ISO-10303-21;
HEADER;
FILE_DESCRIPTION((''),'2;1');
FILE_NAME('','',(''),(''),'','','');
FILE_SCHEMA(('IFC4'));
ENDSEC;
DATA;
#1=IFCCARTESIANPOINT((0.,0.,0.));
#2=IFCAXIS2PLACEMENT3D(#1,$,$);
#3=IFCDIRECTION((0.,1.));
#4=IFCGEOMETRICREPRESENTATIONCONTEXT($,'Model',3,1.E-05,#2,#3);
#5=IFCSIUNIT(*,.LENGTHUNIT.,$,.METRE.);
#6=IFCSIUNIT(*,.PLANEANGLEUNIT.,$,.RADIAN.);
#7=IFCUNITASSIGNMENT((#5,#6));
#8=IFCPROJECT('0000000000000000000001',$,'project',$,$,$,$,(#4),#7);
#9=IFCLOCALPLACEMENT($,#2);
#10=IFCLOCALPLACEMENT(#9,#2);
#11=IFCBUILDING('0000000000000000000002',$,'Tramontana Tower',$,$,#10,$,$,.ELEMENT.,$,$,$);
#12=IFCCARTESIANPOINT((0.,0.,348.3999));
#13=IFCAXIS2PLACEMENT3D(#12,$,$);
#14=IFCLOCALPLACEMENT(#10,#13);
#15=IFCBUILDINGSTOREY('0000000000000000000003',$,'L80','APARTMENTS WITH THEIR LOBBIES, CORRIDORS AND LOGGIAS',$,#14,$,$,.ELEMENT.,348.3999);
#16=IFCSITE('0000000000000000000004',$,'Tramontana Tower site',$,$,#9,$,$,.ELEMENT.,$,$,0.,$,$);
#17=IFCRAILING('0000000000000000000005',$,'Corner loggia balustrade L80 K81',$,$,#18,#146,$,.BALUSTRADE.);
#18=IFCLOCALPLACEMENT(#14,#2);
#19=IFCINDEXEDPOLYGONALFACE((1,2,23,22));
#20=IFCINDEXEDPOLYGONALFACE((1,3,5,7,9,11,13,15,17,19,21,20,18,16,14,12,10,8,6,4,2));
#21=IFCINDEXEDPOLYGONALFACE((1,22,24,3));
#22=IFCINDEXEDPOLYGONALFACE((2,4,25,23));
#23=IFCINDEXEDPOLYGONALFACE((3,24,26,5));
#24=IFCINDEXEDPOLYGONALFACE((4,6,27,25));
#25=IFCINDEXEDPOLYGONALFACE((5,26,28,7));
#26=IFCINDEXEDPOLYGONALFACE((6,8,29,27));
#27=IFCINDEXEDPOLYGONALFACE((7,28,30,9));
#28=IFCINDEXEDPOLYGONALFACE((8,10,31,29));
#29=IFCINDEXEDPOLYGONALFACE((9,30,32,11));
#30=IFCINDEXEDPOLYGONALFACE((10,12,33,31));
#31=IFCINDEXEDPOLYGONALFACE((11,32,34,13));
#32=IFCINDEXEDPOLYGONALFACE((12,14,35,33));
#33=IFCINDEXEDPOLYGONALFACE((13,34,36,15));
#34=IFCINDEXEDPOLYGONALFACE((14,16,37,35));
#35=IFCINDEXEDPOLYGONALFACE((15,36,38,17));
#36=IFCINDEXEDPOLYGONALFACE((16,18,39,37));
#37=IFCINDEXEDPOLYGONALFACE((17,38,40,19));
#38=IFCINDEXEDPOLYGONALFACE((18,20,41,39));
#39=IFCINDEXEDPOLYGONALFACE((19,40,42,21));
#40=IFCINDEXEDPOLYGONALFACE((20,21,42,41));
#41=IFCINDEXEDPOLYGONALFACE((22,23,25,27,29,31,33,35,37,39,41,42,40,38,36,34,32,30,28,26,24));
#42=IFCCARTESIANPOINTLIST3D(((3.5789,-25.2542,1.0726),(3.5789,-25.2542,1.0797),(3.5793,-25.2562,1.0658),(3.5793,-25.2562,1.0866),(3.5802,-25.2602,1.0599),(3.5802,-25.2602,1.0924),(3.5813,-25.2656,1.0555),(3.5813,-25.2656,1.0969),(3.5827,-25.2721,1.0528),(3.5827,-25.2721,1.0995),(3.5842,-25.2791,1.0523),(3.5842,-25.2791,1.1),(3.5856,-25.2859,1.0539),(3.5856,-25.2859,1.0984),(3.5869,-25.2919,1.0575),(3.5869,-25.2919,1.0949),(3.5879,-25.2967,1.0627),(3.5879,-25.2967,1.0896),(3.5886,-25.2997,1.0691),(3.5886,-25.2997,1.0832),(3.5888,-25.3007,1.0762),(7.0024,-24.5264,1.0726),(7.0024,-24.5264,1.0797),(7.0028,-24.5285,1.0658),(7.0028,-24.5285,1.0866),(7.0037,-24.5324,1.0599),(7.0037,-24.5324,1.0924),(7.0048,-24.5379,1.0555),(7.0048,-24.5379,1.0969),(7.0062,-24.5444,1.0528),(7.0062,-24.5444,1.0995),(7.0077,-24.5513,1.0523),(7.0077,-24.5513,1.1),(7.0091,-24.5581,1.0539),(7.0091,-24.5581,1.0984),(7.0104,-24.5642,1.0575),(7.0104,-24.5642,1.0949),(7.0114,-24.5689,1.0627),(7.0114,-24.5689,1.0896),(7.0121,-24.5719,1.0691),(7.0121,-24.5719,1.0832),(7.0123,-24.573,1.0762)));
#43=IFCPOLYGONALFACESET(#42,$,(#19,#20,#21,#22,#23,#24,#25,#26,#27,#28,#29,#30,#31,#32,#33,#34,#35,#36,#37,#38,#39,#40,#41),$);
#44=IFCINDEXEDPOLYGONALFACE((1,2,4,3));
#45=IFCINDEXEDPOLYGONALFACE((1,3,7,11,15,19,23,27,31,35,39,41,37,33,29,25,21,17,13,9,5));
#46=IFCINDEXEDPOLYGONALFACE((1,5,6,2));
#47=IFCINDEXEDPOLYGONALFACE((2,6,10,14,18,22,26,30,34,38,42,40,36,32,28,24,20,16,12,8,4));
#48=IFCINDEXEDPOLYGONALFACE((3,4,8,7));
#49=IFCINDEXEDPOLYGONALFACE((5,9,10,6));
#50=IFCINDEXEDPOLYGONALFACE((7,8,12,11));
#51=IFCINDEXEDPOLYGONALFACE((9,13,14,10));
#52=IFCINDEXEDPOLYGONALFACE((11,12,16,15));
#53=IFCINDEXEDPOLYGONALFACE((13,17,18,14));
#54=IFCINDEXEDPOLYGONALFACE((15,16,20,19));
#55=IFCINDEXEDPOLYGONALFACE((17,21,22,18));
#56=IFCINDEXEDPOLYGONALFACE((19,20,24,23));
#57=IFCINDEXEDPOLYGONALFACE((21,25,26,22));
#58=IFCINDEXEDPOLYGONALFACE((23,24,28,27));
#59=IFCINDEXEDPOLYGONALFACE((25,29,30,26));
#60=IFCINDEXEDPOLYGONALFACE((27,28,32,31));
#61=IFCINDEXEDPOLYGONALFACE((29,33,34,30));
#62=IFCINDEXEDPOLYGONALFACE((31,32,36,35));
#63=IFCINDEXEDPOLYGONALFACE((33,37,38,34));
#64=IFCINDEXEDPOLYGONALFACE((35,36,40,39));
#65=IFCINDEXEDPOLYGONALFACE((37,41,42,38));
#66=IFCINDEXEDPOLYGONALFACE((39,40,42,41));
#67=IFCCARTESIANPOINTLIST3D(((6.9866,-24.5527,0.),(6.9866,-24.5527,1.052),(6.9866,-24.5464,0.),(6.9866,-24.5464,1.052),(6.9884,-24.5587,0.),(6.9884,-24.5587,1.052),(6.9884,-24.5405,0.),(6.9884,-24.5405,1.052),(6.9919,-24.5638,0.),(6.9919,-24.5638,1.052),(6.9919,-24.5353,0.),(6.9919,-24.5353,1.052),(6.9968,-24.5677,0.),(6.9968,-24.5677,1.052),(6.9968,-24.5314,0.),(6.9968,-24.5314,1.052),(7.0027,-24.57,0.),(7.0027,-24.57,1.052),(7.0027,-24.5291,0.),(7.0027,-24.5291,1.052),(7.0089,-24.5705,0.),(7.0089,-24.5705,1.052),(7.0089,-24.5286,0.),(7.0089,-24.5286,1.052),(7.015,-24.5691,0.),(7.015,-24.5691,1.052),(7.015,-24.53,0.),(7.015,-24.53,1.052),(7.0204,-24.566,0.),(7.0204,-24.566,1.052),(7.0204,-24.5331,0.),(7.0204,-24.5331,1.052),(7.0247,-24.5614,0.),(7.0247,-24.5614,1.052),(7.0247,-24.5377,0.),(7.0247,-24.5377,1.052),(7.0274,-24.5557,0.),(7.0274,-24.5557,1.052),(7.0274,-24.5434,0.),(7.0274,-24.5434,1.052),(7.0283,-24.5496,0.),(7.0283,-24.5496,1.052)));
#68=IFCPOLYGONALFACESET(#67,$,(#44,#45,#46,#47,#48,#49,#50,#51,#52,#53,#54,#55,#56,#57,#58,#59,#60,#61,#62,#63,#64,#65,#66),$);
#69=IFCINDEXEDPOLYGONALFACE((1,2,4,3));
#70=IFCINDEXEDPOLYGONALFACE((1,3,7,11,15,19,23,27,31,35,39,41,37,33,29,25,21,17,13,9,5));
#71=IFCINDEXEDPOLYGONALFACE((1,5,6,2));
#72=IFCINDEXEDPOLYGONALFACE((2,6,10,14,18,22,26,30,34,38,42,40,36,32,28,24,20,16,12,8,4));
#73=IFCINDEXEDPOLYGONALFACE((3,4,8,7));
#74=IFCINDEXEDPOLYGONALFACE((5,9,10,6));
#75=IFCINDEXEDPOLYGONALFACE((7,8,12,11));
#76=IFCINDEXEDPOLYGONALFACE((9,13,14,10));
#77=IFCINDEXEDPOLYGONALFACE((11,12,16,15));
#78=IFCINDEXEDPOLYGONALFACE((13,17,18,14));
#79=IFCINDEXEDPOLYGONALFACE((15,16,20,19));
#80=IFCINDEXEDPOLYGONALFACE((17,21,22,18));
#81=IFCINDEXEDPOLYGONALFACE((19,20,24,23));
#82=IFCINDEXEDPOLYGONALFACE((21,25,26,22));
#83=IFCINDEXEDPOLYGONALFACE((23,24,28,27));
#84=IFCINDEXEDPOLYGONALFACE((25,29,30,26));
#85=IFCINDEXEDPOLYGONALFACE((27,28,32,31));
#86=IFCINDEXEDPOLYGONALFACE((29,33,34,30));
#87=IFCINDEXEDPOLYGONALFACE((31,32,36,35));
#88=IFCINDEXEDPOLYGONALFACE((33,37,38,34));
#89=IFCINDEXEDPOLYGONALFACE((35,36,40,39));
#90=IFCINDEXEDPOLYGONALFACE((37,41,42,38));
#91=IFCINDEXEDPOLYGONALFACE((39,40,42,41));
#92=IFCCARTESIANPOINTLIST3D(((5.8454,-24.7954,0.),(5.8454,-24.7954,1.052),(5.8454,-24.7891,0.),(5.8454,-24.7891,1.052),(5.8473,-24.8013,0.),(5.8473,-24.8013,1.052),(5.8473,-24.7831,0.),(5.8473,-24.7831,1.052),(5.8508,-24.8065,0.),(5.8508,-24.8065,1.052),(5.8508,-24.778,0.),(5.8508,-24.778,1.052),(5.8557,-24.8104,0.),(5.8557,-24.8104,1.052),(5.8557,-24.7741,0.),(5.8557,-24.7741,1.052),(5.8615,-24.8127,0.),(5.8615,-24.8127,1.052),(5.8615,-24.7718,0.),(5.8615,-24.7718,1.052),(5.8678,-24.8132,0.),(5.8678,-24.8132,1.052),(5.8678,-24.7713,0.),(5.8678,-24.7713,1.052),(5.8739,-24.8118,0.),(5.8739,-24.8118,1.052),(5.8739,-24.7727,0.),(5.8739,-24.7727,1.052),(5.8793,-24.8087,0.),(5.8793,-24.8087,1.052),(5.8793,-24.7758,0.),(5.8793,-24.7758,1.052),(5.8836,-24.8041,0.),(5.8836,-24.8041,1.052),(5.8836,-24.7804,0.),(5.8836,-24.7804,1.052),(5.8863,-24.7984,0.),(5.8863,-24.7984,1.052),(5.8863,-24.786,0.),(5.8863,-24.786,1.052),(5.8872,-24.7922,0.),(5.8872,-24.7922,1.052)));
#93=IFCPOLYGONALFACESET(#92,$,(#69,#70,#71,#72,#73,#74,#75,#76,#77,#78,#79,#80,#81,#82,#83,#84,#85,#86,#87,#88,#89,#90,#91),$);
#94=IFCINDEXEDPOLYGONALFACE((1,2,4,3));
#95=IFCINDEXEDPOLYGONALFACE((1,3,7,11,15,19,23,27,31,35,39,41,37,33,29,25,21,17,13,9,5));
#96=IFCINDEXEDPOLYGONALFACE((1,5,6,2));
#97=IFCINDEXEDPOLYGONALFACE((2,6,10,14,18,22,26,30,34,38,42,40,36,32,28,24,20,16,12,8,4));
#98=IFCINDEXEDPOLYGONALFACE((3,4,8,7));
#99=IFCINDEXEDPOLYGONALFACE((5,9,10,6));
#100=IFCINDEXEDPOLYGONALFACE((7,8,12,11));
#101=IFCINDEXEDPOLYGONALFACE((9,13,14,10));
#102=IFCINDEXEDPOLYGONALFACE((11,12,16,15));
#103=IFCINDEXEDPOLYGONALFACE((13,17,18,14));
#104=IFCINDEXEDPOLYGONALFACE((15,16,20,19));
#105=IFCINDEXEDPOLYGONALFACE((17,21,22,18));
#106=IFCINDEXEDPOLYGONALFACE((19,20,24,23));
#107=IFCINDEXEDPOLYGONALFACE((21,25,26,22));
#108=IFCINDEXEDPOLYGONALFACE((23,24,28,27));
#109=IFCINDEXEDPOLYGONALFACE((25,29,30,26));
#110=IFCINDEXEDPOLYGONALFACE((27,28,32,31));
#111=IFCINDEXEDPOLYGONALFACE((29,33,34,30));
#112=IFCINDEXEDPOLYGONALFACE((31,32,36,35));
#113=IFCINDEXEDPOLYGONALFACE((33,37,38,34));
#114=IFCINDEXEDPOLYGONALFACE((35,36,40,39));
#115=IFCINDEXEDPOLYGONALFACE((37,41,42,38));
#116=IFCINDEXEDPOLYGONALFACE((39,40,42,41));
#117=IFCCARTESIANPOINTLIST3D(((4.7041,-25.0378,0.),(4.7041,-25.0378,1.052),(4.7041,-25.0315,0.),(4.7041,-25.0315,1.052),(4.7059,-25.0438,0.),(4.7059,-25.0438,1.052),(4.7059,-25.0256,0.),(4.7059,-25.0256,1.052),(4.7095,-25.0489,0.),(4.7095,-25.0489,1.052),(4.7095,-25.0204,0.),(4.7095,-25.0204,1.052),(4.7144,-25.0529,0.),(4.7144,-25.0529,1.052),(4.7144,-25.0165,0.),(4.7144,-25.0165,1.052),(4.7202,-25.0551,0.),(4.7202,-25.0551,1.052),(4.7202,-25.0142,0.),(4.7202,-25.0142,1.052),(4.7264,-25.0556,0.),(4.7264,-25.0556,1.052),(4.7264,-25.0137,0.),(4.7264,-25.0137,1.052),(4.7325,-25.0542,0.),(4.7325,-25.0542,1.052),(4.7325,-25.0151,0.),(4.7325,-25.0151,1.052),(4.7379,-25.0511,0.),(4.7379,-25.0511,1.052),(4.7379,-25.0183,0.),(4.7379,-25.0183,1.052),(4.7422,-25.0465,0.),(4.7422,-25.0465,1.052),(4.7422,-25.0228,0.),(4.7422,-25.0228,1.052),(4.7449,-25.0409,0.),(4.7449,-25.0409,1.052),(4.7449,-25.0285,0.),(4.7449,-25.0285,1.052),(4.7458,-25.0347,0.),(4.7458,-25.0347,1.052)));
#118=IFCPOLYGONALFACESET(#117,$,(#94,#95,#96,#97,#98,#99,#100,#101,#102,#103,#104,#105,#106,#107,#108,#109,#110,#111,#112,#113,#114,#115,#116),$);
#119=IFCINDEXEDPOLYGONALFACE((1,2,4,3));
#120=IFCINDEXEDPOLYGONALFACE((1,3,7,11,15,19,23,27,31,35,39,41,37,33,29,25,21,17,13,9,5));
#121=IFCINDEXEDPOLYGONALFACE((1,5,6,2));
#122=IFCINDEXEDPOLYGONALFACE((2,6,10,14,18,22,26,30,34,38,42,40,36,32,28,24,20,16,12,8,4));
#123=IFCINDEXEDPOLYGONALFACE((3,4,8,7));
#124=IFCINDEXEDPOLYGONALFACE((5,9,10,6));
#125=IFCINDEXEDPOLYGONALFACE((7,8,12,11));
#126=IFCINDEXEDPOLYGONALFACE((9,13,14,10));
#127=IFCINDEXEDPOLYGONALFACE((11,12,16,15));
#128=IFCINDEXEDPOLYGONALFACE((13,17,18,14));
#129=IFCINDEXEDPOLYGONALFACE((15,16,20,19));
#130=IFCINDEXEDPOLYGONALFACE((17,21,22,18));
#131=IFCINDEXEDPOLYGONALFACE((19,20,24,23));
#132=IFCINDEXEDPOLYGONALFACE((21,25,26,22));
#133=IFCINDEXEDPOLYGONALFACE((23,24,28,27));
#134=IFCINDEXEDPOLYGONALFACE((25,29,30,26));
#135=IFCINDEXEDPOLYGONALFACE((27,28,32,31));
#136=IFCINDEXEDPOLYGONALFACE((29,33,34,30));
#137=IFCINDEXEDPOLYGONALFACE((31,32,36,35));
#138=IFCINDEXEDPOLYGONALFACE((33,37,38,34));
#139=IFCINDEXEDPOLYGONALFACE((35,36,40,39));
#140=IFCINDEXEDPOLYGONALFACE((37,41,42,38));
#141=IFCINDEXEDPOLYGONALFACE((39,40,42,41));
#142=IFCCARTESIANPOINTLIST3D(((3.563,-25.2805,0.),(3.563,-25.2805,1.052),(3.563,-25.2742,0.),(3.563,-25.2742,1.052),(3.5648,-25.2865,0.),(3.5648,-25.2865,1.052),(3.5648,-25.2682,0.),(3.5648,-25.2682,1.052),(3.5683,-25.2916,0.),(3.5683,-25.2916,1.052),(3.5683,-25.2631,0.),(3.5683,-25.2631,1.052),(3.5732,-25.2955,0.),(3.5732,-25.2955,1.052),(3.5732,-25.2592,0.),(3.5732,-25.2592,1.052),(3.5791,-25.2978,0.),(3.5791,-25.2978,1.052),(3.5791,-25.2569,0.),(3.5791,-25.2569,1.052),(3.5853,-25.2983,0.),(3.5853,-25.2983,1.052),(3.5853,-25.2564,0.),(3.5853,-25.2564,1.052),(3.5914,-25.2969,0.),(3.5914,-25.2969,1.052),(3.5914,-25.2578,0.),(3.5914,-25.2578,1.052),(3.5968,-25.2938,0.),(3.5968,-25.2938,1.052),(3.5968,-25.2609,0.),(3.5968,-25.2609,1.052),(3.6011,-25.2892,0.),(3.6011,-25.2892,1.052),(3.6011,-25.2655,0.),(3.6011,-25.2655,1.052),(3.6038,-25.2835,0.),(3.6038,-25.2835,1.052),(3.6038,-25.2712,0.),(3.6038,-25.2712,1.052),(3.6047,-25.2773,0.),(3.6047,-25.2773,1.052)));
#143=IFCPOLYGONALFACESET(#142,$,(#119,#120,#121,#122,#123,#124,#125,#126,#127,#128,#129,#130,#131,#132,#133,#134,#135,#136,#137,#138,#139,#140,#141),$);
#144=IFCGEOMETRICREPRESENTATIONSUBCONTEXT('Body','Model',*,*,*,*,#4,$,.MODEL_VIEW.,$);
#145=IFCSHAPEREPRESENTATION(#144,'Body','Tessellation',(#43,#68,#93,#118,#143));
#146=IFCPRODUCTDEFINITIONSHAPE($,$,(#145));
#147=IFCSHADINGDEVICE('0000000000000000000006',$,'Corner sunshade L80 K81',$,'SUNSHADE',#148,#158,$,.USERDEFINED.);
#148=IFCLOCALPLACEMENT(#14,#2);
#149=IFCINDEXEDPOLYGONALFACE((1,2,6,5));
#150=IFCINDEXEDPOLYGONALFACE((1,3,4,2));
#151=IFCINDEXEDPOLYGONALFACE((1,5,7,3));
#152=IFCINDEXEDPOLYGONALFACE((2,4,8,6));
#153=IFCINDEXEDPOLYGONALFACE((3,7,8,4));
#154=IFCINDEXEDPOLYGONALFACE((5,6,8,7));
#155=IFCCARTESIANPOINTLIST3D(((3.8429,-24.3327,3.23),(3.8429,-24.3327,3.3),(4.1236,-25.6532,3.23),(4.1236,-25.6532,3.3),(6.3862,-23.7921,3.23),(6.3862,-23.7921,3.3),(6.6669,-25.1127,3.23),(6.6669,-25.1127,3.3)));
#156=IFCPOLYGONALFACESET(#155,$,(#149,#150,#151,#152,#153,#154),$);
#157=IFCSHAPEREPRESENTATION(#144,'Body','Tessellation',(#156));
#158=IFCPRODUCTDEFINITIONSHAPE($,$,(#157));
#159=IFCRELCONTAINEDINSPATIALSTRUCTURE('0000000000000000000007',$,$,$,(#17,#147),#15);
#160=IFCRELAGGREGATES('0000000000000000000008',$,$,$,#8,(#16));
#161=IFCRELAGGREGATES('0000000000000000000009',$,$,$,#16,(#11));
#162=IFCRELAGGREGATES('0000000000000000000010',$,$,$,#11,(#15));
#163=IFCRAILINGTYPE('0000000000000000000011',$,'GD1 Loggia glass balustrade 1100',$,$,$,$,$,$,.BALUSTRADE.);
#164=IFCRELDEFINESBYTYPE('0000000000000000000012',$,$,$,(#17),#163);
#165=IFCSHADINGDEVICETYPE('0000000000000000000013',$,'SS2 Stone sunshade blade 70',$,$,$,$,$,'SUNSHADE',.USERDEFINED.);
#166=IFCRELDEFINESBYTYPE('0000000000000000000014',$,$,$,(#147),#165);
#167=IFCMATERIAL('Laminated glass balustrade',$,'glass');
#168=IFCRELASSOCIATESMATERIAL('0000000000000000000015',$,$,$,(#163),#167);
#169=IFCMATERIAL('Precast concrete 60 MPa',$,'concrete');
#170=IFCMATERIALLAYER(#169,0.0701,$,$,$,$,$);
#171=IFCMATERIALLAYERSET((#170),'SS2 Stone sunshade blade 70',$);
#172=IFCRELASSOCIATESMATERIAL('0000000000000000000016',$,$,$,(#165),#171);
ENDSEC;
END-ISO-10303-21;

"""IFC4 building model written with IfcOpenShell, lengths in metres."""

from ifc_helpers import new_model, si_unit, direction, frame, origin, origin_2d, place, context, subcontext, project, spatial, rectangle, circle, extrude, material, layer, layer_set, type_object, element, save


model = new_model("IFC4")

# Units and contexts
model_context = context("Model", 3, precision=1e-05, world=origin(), true_north=direction((0.0, 1.0)))
body_context = subcontext(model_context, "Body", "Model", "MODEL_VIEW")
ifc_project = project(units=[si_unit("LENGTHUNIT", "METRE"), si_unit("PLANEANGLEUNIT", "RADIAN")], contexts=[model_context])

# Site, building, storey
site_placement = place(None, origin())
site = spatial("IfcSite", under=ifc_project, at=site_placement, Name="Tramontana Tower site", CompositionType="ELEMENT", RefElevation=0.0)
building_placement = place(site_placement, origin())
building = spatial("IfcBuilding", under=site, at=building_placement, Name="Tramontana Tower", CompositionType="ELEMENT")
storey_placement = place(building_placement, frame((0.0, 0.0, 348.3999)))
storey = spatial("IfcBuildingStorey", under=building, at=storey_placement, Name="L80", Description="APARTMENTS WITH THEIR LOBBIES, CORRIDORS AND LOGGIAS", CompositionType="ELEMENT", Elevation=348.3999)

# Railing
ifc_material_1 = material(Name="Laminated glass balustrade", Category="glass")
railing_type = type_object("IfcRailingType", Name="GD1 Loggia glass balustrade 1100", PredefinedType="BALUSTRADE", material=ifc_material_1)
railing_placement = place(storey_placement, frame((7.0073, -24.5496, 0.0)))
element("IfcRailing", 1, at=railing_placement, inside=storey, type_object=railing_type, Name="Corner loggia balustrade L80 K81", PredefinedType="BALUSTRADE", context=body_context, shape_type="SweptSolid", body=[
    extrude(circle(Radius=0.0239, at=origin_2d()), frame((0.0, 0.0, 1.0762), z_axis=(-0.978143, -0.207933, 0.0), x_axis=(0.207933, -0.978143, 0.0)), (0.0, 0.0, 1.0), 3.5),
    extrude(circle(Radius=0.021, at=origin_2d()), origin(), (0.0, 0.0, 1.0), 1.052),
    extrude(circle(Radius=0.021, at=origin_2d()), frame((-1.1411, -0.2427, 0.0)), (0.0, 0.0, 1.0), 1.052),
    extrude(circle(Radius=0.021, at=origin_2d()), frame((-2.2825, -0.4851, 0.0)), (0.0, 0.0, 1.0), 1.052),
    extrude(circle(Radius=0.021, at=origin_2d()), frame((-3.4236, -0.7278, 0.0)), (0.0, 0.0, 1.0), 1.052),
])

# Shading device
ifc_material_2 = material(Name="Precast concrete 60 MPa", Category="concrete")
ifc_layer_1 = layer(ifc_material_2, 0.0701)
ifc_layer_set_1 = layer_set([ifc_layer_1], Name="SS2 Stone sunshade blade 70")
shading_device_type = type_object("IfcShadingDeviceType", Name="SS2 Stone sunshade blade 70", ElementType="SUNSHADE", PredefinedType="USERDEFINED", material=ifc_layer_set_1)
shading_device_placement = place(storey_placement, frame((5.2549, -24.7227, 3.23), z_axis=(0.0, 0.0, 1.0), x_axis=(-0.978148, -0.207912, 0.0)))
element("IfcShadingDevice", 2, at=shading_device_placement, inside=storey, type_object=shading_device_type, Name="Corner sunshade L80 K81", ObjectType="SUNSHADE", PredefinedType="USERDEFINED", context=body_context, shape_type="SweptSolid", body=[
    extrude(rectangle(XDim=2.6001, YDim=1.3501, at=origin_2d()), origin(), (0.0, 0.0, 1.0), 0.0701),
])

save(model, "model.ifc")
